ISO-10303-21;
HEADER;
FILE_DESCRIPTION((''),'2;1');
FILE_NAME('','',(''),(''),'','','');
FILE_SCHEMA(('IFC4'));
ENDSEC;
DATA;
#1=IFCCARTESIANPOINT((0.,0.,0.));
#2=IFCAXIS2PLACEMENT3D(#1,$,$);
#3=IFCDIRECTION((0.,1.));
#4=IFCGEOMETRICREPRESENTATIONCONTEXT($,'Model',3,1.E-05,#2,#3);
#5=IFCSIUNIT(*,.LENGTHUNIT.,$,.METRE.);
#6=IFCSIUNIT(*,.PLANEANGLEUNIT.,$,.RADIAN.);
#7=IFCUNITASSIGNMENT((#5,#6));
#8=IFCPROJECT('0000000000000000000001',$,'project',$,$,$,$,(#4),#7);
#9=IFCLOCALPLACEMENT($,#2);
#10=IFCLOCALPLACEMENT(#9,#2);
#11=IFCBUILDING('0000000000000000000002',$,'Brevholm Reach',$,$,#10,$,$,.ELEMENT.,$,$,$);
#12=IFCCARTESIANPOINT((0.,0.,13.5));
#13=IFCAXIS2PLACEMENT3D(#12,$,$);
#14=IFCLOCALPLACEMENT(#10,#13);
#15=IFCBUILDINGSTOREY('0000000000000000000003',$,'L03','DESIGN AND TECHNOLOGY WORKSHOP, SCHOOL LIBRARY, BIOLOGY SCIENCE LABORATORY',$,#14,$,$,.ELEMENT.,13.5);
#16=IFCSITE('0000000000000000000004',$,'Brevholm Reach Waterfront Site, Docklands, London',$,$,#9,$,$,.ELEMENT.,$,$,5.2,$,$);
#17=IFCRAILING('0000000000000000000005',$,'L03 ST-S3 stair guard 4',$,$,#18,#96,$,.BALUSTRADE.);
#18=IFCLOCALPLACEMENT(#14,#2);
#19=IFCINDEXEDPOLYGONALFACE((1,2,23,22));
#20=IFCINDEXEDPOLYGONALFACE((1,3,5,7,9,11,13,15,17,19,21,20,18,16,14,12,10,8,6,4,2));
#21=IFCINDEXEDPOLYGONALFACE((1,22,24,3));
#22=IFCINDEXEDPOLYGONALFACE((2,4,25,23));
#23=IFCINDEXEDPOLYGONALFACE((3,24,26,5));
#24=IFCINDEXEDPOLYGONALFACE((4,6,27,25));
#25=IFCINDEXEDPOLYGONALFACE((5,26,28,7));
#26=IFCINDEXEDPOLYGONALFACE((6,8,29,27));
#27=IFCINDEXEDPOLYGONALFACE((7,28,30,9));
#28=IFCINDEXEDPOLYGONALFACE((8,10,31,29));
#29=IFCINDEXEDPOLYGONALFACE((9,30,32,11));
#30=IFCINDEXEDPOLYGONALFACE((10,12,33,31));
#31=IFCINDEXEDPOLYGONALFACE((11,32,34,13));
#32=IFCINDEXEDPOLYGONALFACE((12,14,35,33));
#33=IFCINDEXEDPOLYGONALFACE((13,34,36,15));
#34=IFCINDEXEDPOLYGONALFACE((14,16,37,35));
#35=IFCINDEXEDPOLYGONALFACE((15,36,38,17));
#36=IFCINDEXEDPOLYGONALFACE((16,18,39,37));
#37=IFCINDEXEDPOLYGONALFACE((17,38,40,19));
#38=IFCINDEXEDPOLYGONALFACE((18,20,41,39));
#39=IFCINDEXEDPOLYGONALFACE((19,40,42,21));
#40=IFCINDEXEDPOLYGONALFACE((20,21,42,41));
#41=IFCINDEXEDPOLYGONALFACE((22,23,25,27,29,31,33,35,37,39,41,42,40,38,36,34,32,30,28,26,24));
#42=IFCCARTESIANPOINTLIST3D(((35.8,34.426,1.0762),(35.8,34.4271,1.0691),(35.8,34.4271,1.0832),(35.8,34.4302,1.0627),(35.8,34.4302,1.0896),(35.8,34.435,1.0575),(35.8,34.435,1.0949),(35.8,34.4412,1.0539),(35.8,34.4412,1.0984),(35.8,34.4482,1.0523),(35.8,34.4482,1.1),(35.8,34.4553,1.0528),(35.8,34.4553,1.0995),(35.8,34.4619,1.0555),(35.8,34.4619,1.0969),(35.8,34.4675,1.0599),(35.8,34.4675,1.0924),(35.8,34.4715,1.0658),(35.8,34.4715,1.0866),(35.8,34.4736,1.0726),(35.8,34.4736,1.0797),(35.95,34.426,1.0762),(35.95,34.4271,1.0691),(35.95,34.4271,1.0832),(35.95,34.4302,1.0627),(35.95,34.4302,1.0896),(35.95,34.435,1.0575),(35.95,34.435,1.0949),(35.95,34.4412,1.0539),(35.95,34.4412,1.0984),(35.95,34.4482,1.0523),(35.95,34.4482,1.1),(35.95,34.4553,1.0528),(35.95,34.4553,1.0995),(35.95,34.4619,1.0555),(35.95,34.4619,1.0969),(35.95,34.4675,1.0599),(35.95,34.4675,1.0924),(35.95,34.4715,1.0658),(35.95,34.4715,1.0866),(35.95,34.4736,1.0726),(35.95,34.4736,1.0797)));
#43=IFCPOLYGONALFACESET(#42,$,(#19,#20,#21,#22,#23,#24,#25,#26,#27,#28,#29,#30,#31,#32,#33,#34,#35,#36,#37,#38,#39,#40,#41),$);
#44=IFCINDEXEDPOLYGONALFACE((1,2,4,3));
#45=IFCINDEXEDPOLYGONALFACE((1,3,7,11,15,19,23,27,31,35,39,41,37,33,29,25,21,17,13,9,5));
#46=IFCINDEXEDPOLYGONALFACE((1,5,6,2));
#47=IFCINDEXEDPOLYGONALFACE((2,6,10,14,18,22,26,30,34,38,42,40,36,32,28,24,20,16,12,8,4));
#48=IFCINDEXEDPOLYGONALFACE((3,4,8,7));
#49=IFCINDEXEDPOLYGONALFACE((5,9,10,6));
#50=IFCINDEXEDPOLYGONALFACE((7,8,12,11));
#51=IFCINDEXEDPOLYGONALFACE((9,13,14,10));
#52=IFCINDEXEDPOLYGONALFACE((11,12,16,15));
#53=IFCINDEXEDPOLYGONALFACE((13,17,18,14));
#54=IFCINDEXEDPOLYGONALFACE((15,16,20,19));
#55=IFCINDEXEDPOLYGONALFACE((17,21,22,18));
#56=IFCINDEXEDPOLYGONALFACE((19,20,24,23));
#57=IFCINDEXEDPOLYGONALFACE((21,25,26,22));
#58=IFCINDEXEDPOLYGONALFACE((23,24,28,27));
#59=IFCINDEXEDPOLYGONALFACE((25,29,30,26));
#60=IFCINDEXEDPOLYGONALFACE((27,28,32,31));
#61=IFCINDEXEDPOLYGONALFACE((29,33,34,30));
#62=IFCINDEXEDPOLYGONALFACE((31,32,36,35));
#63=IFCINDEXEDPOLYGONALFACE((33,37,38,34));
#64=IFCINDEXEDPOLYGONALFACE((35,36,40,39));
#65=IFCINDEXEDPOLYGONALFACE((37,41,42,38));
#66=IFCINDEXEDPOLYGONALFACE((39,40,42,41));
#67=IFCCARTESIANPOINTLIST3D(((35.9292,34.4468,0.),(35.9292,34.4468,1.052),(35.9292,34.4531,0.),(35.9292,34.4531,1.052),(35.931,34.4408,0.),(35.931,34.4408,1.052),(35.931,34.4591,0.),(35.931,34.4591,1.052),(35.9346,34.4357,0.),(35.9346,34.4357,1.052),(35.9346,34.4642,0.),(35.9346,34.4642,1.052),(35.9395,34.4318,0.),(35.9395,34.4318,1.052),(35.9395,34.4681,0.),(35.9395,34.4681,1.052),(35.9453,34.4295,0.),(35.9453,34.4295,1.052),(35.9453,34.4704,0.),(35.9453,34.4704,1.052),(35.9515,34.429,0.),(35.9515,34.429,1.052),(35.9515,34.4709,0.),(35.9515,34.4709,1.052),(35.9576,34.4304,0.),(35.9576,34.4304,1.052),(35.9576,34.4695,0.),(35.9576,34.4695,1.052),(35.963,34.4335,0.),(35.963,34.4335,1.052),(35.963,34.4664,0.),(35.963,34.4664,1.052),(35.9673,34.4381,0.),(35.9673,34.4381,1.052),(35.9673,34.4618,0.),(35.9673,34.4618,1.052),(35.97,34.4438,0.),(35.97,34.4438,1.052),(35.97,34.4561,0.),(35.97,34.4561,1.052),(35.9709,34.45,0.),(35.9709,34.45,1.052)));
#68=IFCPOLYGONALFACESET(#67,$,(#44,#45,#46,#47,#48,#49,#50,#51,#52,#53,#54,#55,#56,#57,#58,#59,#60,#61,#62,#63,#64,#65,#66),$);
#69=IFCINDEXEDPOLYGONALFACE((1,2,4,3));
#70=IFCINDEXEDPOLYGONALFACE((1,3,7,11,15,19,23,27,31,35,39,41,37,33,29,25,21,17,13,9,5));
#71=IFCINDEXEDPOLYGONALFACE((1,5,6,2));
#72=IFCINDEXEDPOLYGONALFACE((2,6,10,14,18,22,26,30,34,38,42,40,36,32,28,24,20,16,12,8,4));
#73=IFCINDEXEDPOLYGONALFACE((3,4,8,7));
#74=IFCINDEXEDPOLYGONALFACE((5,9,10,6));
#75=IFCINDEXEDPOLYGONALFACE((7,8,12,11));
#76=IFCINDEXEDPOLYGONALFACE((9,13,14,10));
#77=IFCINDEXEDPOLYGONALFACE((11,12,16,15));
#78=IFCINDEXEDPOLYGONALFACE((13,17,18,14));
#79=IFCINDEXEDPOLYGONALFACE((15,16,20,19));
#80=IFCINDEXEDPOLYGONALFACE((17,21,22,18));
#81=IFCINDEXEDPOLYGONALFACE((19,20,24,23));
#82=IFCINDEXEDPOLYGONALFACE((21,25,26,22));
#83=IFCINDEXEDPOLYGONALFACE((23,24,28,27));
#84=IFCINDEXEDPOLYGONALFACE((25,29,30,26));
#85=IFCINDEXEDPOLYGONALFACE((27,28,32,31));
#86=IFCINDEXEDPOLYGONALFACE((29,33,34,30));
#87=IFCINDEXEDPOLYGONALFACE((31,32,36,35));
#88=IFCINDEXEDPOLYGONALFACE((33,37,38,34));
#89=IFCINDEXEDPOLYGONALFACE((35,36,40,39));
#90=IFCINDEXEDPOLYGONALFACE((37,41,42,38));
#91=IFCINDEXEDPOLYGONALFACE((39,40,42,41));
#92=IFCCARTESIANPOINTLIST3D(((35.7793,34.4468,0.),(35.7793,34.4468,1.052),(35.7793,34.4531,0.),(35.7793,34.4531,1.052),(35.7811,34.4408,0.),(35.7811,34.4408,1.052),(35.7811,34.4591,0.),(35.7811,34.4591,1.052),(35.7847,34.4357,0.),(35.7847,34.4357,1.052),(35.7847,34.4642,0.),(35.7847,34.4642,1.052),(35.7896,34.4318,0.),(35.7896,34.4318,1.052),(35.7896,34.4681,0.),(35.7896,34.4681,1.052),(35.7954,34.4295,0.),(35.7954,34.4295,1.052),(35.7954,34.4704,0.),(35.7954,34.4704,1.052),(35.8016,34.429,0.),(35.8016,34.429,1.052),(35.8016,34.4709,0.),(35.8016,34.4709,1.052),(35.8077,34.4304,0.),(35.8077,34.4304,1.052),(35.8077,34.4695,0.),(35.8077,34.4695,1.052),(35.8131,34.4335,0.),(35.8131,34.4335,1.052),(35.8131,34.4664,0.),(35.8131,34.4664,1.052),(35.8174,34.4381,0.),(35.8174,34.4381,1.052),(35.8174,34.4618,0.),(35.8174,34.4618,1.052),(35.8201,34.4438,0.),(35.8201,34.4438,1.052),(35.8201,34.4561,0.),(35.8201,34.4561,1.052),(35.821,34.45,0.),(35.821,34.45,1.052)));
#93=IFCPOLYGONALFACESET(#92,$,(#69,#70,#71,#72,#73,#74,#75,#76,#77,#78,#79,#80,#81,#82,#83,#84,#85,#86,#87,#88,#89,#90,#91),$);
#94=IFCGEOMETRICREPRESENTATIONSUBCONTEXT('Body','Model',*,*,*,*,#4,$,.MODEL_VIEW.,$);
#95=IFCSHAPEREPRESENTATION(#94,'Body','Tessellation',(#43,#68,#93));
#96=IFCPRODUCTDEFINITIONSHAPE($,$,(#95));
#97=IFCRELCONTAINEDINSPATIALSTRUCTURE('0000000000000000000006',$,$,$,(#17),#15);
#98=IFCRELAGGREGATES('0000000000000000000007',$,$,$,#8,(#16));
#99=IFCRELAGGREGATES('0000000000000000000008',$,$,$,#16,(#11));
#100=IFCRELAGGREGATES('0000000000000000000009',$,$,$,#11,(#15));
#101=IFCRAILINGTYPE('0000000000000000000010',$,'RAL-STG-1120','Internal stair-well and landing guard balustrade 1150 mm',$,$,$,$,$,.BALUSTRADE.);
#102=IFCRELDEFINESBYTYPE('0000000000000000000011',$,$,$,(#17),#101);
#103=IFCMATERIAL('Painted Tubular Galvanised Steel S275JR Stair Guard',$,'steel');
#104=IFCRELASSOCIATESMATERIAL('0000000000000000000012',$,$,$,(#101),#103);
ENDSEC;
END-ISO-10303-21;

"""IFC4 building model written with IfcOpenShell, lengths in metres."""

from ifc_helpers import new_model, si_unit, direction, frame, origin, origin_2d, place, context, subcontext, project, spatial, circle, extrude, material, type_object, element, save


model = new_model("IFC4")

# Units and contexts
model_context = context("Model", 3, precision=1e-05, world=origin(), true_north=direction((0.0, 1.0)))
body_context = subcontext(model_context, "Body", "Model", "MODEL_VIEW")
ifc_project = project(units=[si_unit("LENGTHUNIT", "METRE"), si_unit("PLANEANGLEUNIT", "RADIAN")], contexts=[model_context])

# Site, building, storey
site_placement = place(None, origin())
site = spatial("IfcSite", under=ifc_project, at=site_placement, Name="Brevholm Reach Waterfront Site, Docklands, London", CompositionType="ELEMENT", RefElevation=5.2)
building_placement = place(site_placement, origin())
building = spatial("IfcBuilding", under=site, at=building_placement, Name="Brevholm Reach", CompositionType="ELEMENT")
storey_placement = place(building_placement, frame((0.0, 0.0, 13.5)))
storey = spatial("IfcBuildingStorey", under=building, at=storey_placement, Name="L03", Description="DESIGN AND TECHNOLOGY WORKSHOP, SCHOOL LIBRARY, BIOLOGY SCIENCE LABORATORY", CompositionType="ELEMENT", Elevation=13.5)

# Railing
ifc_material_1 = material(Name="Painted Tubular Galvanised Steel S275JR Stair Guard", Category="steel")
railing_type_1 = type_object("IfcRailingType", Name="RAL-STG-1120", Description="Internal stair-well and landing guard balustrade 1150 mm", PredefinedType="BALUSTRADE", material=ifc_material_1)
railing_1_placement = place(storey_placement, frame((35.95, 34.45, 0.0)))
element("IfcRailing", 1, at=railing_1_placement, inside=storey, type_object=railing_type_1, Name="L03 ST-S3 stair guard 4", PredefinedType="BALUSTRADE", context=body_context, shape_type="SweptSolid", body=[
    extrude(circle(Radius=0.0239, at=origin_2d()), frame((0.0, 0.0, 1.0762), z_axis=(-1.0, 0.0, 0.0), x_axis=(0.0, -1.0, 0.0)), (0.0, 0.0, 1.0), 0.1499),
    extrude(circle(Radius=0.021, at=origin_2d()), origin(), (0.0, 0.0, 1.0), 1.052),
    extrude(circle(Radius=0.021, at=origin_2d()), frame((-0.1499, 0.0, 0.0)), (0.0, 0.0, 1.0), 1.052),
])

save(model, "model.ifc")
